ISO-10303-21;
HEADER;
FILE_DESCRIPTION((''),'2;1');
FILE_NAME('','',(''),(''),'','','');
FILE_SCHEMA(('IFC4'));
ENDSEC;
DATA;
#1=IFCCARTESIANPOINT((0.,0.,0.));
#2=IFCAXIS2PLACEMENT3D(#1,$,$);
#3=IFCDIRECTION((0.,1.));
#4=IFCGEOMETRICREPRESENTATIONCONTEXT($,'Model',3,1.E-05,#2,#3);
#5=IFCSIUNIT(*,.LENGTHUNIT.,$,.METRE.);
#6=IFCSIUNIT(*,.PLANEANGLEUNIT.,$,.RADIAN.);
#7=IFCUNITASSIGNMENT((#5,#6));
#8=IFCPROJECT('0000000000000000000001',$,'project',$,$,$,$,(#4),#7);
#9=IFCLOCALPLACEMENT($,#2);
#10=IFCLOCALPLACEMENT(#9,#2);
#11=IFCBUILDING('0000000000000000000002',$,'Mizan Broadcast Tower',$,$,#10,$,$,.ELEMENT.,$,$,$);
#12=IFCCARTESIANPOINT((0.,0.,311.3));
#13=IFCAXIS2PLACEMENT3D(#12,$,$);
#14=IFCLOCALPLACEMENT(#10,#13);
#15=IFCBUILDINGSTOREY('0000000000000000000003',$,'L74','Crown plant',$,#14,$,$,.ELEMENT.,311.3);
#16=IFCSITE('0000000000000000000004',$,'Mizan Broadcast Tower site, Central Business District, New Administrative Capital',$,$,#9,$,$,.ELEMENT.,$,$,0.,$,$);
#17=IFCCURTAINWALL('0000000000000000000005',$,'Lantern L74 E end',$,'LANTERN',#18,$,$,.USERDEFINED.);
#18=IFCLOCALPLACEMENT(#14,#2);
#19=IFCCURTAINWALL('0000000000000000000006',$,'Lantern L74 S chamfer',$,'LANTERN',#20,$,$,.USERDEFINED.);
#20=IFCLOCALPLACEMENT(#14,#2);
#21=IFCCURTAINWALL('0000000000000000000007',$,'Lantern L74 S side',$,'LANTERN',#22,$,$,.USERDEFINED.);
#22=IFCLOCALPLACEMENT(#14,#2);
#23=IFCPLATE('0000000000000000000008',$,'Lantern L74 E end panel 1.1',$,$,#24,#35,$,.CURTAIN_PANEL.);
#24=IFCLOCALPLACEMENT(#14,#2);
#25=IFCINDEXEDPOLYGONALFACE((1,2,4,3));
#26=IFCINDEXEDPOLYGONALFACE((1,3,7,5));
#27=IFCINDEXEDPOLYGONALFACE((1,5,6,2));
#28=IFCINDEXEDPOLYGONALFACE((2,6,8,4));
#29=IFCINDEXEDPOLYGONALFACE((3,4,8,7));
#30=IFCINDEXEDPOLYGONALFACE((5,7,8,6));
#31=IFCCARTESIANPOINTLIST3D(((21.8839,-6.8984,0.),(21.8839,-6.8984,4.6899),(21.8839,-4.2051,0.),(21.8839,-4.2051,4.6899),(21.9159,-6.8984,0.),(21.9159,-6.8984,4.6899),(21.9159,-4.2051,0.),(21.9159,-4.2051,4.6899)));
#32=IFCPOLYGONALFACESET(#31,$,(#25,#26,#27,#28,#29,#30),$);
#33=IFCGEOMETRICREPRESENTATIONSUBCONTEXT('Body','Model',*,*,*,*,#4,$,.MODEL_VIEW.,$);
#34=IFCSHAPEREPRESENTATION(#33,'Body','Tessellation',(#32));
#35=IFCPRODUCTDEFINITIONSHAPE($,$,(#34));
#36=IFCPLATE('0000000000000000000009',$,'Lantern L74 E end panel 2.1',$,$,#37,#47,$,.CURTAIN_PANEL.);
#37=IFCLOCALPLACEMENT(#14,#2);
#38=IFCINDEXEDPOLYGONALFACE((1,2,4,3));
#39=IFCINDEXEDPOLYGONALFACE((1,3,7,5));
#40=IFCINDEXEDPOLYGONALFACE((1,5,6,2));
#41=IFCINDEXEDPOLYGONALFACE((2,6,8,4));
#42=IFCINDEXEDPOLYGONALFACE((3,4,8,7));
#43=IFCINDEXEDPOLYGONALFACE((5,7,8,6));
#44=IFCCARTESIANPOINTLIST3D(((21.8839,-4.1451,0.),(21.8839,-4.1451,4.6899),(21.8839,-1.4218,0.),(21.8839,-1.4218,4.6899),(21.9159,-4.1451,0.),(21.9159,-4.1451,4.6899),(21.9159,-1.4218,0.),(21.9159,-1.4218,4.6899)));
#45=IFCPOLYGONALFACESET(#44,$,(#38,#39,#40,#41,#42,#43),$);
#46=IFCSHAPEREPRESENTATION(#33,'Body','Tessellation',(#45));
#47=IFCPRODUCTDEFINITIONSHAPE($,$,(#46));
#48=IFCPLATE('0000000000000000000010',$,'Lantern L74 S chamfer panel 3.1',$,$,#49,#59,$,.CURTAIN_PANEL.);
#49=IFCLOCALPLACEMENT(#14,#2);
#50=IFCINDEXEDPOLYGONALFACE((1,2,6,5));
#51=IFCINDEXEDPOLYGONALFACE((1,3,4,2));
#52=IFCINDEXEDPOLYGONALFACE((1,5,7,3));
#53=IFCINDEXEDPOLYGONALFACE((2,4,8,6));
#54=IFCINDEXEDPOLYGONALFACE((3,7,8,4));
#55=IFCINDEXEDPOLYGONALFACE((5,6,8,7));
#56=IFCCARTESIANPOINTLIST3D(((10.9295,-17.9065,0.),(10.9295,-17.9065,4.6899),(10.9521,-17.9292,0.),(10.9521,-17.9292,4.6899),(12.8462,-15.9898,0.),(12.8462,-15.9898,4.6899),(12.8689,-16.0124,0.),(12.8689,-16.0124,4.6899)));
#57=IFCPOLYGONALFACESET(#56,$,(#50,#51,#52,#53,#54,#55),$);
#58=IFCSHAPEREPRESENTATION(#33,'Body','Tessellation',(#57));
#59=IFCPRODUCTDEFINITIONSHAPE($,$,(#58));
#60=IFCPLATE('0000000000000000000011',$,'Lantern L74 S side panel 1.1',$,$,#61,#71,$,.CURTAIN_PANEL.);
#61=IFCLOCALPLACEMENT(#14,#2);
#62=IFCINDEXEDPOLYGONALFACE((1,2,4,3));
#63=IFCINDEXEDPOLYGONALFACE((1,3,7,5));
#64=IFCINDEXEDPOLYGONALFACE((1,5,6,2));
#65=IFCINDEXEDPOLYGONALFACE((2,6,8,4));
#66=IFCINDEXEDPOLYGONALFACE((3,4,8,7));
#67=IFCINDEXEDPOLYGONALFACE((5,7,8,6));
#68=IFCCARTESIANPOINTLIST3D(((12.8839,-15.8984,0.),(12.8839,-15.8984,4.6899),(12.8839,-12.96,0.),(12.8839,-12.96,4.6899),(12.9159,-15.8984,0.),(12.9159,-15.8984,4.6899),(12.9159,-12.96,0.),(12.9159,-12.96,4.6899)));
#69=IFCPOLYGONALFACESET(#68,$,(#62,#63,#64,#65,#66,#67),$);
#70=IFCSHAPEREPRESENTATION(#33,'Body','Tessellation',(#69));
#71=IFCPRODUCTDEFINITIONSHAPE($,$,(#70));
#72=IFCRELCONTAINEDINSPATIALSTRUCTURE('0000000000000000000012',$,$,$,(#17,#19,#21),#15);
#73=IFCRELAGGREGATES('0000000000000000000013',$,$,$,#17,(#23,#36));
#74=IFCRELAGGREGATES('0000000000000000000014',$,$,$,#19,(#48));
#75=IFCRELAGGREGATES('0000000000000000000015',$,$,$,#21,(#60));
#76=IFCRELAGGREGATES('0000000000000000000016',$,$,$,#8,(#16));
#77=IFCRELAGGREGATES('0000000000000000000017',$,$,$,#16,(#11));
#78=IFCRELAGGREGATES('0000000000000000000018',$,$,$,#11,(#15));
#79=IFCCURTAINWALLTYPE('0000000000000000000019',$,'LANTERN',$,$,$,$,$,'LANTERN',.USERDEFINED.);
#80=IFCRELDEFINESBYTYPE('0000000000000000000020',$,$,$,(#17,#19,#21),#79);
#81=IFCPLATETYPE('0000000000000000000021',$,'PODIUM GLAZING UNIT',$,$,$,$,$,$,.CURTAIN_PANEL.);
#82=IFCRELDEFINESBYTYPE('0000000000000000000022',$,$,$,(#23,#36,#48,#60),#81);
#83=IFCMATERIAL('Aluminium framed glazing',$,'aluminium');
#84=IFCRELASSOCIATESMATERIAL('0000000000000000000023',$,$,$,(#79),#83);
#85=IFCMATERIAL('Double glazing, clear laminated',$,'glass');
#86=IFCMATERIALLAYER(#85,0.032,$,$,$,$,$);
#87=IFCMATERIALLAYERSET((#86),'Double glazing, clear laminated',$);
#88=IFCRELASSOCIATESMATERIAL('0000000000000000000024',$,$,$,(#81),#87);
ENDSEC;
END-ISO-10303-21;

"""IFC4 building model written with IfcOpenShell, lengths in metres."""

from ifc_helpers import new_model, si_unit, direction, frame, origin, origin_2d, place, context, subcontext, project, spatial, rectangle, extrude, material, layer, layer_set, type_object, element, aggregate, save


model = new_model("IFC4")

# Units and contexts
model_context = context("Model", 3, precision=1e-05, world=origin(), true_north=direction((0.0, 1.0)))
body_context = subcontext(model_context, "Body", "Model", "MODEL_VIEW")
ifc_project = project(units=[si_unit("LENGTHUNIT", "METRE"), si_unit("PLANEANGLEUNIT", "RADIAN")], contexts=[model_context])

# Site, building, storey
site_placement = place(None, origin())
site = spatial("IfcSite", under=ifc_project, at=site_placement, Name="Mizan Broadcast Tower site, Central Business District, New Administrative Capital", CompositionType="ELEMENT", RefElevation=0.0)
building_placement = place(site_placement, origin())
building = spatial("IfcBuilding", under=site, at=building_placement, Name="Mizan Broadcast Tower", CompositionType="ELEMENT")
storey_placement = place(building_placement, frame((0.0, 0.0, 311.3)))
storey = spatial("IfcBuildingStorey", under=building, at=storey_placement, Name="L74", Description="Crown plant", CompositionType="ELEMENT", Elevation=311.3)

# Shared definitions
ifc_material_1 = material(Name="Aluminium framed glazing", Category="aluminium")
curtain_wall_type = type_object("IfcCurtainWallType", Name="LANTERN", ElementType="LANTERN", PredefinedType="USERDEFINED", material=ifc_material_1)

# Curtain walls
curtain_wall_1_placement = place(storey_placement, origin())
curtain_wall_1 = element("IfcCurtainWall", 1, at=curtain_wall_1_placement, inside=storey, type_object=curtain_wall_type, Name="Lantern L74 E end", ObjectType="LANTERN", PredefinedType="USERDEFINED")
curtain_wall_2_placement = place(storey_placement, origin())
curtain_wall_2 = element("IfcCurtainWall", 2, at=curtain_wall_2_placement, inside=storey, type_object=curtain_wall_type, Name="Lantern L74 S chamfer", ObjectType="LANTERN", PredefinedType="USERDEFINED")
curtain_wall_3_placement = place(storey_placement, origin())
curtain_wall_3 = element("IfcCurtainWall", 3, at=curtain_wall_3_placement, inside=storey, type_object=curtain_wall_type, Name="Lantern L74 S side", ObjectType="LANTERN", PredefinedType="USERDEFINED")

# Plates
ifc_material_2 = material(Name="Double glazing, clear laminated", Category="glass")
ifc_layer = layer(ifc_material_2, 0.032)
ifc_layer_set = layer_set([ifc_layer], Name="Double glazing, clear laminated")
plate_type = type_object("IfcPlateType", Name="PODIUM GLAZING UNIT", PredefinedType="CURTAIN_PANEL", material=ifc_layer_set)
plate_1_placement = place(storey_placement, frame((21.8999, -5.5518, 0.0), z_axis=(0.0, 0.0, 1.0), x_axis=(0.0, 1.0, 0.0)))
plate_1 = element("IfcPlate", 4, at=plate_1_placement, type_object=plate_type, Name="Lantern L74 E end panel 1.1", PredefinedType="CURTAIN_PANEL", context=body_context, shape_type="SweptSolid", body=[
    extrude(rectangle(XDim=2.6934, YDim=0.032, at=origin_2d()), origin(), (0.0, 0.0, 1.0), 4.6899),
])
plate_2_placement = place(storey_placement, frame((21.8999, -2.7834, 0.0), z_axis=(0.0, 0.0, 1.0), x_axis=(0.0, 1.0, 0.0)))
plate_2 = element("IfcPlate", 5, at=plate_2_placement, type_object=plate_type, Name="Lantern L74 E end panel 2.1", PredefinedType="CURTAIN_PANEL", context=body_context, shape_type="SweptSolid", body=[
    extrude(rectangle(XDim=2.7234, YDim=0.032, at=origin_2d()), origin(), (0.0, 0.0, 1.0), 4.6899),
])
aggregate(curtain_wall_1, [plate_1, plate_2])
plate_3_placement = place(storey_placement, frame((11.8992, -16.9595, 0.0), z_axis=(0.0, 0.0, 1.0), x_axis=(0.707107, 0.707107, 0.0)))
plate_3 = element("IfcPlate", 6, at=plate_3_placement, type_object=plate_type, Name="Lantern L74 S chamfer panel 3.1", PredefinedType="CURTAIN_PANEL", context=body_context, shape_type="SweptSolid", body=[
    extrude(rectangle(XDim=2.7107, YDim=0.032, at=origin_2d()), origin(), (0.0, 0.0, 1.0), 4.6899),
])
aggregate(curtain_wall_2, [plate_3])
plate_4_placement = place(storey_placement, frame((12.8999, -14.4292, 0.0), z_axis=(0.0, 0.0, 1.0), x_axis=(0.0, 1.0, 0.0)))
plate_4 = element("IfcPlate", 7, at=plate_4_placement, type_object=plate_type, Name="Lantern L74 S side panel 1.1", PredefinedType="CURTAIN_PANEL", context=body_context, shape_type="SweptSolid", body=[
    extrude(rectangle(XDim=2.9385, YDim=0.032, at=origin_2d()), origin(), (0.0, 0.0, 1.0), 4.6899),
])
aggregate(curtain_wall_3, [plate_4])

save(model, "model.ifc")
